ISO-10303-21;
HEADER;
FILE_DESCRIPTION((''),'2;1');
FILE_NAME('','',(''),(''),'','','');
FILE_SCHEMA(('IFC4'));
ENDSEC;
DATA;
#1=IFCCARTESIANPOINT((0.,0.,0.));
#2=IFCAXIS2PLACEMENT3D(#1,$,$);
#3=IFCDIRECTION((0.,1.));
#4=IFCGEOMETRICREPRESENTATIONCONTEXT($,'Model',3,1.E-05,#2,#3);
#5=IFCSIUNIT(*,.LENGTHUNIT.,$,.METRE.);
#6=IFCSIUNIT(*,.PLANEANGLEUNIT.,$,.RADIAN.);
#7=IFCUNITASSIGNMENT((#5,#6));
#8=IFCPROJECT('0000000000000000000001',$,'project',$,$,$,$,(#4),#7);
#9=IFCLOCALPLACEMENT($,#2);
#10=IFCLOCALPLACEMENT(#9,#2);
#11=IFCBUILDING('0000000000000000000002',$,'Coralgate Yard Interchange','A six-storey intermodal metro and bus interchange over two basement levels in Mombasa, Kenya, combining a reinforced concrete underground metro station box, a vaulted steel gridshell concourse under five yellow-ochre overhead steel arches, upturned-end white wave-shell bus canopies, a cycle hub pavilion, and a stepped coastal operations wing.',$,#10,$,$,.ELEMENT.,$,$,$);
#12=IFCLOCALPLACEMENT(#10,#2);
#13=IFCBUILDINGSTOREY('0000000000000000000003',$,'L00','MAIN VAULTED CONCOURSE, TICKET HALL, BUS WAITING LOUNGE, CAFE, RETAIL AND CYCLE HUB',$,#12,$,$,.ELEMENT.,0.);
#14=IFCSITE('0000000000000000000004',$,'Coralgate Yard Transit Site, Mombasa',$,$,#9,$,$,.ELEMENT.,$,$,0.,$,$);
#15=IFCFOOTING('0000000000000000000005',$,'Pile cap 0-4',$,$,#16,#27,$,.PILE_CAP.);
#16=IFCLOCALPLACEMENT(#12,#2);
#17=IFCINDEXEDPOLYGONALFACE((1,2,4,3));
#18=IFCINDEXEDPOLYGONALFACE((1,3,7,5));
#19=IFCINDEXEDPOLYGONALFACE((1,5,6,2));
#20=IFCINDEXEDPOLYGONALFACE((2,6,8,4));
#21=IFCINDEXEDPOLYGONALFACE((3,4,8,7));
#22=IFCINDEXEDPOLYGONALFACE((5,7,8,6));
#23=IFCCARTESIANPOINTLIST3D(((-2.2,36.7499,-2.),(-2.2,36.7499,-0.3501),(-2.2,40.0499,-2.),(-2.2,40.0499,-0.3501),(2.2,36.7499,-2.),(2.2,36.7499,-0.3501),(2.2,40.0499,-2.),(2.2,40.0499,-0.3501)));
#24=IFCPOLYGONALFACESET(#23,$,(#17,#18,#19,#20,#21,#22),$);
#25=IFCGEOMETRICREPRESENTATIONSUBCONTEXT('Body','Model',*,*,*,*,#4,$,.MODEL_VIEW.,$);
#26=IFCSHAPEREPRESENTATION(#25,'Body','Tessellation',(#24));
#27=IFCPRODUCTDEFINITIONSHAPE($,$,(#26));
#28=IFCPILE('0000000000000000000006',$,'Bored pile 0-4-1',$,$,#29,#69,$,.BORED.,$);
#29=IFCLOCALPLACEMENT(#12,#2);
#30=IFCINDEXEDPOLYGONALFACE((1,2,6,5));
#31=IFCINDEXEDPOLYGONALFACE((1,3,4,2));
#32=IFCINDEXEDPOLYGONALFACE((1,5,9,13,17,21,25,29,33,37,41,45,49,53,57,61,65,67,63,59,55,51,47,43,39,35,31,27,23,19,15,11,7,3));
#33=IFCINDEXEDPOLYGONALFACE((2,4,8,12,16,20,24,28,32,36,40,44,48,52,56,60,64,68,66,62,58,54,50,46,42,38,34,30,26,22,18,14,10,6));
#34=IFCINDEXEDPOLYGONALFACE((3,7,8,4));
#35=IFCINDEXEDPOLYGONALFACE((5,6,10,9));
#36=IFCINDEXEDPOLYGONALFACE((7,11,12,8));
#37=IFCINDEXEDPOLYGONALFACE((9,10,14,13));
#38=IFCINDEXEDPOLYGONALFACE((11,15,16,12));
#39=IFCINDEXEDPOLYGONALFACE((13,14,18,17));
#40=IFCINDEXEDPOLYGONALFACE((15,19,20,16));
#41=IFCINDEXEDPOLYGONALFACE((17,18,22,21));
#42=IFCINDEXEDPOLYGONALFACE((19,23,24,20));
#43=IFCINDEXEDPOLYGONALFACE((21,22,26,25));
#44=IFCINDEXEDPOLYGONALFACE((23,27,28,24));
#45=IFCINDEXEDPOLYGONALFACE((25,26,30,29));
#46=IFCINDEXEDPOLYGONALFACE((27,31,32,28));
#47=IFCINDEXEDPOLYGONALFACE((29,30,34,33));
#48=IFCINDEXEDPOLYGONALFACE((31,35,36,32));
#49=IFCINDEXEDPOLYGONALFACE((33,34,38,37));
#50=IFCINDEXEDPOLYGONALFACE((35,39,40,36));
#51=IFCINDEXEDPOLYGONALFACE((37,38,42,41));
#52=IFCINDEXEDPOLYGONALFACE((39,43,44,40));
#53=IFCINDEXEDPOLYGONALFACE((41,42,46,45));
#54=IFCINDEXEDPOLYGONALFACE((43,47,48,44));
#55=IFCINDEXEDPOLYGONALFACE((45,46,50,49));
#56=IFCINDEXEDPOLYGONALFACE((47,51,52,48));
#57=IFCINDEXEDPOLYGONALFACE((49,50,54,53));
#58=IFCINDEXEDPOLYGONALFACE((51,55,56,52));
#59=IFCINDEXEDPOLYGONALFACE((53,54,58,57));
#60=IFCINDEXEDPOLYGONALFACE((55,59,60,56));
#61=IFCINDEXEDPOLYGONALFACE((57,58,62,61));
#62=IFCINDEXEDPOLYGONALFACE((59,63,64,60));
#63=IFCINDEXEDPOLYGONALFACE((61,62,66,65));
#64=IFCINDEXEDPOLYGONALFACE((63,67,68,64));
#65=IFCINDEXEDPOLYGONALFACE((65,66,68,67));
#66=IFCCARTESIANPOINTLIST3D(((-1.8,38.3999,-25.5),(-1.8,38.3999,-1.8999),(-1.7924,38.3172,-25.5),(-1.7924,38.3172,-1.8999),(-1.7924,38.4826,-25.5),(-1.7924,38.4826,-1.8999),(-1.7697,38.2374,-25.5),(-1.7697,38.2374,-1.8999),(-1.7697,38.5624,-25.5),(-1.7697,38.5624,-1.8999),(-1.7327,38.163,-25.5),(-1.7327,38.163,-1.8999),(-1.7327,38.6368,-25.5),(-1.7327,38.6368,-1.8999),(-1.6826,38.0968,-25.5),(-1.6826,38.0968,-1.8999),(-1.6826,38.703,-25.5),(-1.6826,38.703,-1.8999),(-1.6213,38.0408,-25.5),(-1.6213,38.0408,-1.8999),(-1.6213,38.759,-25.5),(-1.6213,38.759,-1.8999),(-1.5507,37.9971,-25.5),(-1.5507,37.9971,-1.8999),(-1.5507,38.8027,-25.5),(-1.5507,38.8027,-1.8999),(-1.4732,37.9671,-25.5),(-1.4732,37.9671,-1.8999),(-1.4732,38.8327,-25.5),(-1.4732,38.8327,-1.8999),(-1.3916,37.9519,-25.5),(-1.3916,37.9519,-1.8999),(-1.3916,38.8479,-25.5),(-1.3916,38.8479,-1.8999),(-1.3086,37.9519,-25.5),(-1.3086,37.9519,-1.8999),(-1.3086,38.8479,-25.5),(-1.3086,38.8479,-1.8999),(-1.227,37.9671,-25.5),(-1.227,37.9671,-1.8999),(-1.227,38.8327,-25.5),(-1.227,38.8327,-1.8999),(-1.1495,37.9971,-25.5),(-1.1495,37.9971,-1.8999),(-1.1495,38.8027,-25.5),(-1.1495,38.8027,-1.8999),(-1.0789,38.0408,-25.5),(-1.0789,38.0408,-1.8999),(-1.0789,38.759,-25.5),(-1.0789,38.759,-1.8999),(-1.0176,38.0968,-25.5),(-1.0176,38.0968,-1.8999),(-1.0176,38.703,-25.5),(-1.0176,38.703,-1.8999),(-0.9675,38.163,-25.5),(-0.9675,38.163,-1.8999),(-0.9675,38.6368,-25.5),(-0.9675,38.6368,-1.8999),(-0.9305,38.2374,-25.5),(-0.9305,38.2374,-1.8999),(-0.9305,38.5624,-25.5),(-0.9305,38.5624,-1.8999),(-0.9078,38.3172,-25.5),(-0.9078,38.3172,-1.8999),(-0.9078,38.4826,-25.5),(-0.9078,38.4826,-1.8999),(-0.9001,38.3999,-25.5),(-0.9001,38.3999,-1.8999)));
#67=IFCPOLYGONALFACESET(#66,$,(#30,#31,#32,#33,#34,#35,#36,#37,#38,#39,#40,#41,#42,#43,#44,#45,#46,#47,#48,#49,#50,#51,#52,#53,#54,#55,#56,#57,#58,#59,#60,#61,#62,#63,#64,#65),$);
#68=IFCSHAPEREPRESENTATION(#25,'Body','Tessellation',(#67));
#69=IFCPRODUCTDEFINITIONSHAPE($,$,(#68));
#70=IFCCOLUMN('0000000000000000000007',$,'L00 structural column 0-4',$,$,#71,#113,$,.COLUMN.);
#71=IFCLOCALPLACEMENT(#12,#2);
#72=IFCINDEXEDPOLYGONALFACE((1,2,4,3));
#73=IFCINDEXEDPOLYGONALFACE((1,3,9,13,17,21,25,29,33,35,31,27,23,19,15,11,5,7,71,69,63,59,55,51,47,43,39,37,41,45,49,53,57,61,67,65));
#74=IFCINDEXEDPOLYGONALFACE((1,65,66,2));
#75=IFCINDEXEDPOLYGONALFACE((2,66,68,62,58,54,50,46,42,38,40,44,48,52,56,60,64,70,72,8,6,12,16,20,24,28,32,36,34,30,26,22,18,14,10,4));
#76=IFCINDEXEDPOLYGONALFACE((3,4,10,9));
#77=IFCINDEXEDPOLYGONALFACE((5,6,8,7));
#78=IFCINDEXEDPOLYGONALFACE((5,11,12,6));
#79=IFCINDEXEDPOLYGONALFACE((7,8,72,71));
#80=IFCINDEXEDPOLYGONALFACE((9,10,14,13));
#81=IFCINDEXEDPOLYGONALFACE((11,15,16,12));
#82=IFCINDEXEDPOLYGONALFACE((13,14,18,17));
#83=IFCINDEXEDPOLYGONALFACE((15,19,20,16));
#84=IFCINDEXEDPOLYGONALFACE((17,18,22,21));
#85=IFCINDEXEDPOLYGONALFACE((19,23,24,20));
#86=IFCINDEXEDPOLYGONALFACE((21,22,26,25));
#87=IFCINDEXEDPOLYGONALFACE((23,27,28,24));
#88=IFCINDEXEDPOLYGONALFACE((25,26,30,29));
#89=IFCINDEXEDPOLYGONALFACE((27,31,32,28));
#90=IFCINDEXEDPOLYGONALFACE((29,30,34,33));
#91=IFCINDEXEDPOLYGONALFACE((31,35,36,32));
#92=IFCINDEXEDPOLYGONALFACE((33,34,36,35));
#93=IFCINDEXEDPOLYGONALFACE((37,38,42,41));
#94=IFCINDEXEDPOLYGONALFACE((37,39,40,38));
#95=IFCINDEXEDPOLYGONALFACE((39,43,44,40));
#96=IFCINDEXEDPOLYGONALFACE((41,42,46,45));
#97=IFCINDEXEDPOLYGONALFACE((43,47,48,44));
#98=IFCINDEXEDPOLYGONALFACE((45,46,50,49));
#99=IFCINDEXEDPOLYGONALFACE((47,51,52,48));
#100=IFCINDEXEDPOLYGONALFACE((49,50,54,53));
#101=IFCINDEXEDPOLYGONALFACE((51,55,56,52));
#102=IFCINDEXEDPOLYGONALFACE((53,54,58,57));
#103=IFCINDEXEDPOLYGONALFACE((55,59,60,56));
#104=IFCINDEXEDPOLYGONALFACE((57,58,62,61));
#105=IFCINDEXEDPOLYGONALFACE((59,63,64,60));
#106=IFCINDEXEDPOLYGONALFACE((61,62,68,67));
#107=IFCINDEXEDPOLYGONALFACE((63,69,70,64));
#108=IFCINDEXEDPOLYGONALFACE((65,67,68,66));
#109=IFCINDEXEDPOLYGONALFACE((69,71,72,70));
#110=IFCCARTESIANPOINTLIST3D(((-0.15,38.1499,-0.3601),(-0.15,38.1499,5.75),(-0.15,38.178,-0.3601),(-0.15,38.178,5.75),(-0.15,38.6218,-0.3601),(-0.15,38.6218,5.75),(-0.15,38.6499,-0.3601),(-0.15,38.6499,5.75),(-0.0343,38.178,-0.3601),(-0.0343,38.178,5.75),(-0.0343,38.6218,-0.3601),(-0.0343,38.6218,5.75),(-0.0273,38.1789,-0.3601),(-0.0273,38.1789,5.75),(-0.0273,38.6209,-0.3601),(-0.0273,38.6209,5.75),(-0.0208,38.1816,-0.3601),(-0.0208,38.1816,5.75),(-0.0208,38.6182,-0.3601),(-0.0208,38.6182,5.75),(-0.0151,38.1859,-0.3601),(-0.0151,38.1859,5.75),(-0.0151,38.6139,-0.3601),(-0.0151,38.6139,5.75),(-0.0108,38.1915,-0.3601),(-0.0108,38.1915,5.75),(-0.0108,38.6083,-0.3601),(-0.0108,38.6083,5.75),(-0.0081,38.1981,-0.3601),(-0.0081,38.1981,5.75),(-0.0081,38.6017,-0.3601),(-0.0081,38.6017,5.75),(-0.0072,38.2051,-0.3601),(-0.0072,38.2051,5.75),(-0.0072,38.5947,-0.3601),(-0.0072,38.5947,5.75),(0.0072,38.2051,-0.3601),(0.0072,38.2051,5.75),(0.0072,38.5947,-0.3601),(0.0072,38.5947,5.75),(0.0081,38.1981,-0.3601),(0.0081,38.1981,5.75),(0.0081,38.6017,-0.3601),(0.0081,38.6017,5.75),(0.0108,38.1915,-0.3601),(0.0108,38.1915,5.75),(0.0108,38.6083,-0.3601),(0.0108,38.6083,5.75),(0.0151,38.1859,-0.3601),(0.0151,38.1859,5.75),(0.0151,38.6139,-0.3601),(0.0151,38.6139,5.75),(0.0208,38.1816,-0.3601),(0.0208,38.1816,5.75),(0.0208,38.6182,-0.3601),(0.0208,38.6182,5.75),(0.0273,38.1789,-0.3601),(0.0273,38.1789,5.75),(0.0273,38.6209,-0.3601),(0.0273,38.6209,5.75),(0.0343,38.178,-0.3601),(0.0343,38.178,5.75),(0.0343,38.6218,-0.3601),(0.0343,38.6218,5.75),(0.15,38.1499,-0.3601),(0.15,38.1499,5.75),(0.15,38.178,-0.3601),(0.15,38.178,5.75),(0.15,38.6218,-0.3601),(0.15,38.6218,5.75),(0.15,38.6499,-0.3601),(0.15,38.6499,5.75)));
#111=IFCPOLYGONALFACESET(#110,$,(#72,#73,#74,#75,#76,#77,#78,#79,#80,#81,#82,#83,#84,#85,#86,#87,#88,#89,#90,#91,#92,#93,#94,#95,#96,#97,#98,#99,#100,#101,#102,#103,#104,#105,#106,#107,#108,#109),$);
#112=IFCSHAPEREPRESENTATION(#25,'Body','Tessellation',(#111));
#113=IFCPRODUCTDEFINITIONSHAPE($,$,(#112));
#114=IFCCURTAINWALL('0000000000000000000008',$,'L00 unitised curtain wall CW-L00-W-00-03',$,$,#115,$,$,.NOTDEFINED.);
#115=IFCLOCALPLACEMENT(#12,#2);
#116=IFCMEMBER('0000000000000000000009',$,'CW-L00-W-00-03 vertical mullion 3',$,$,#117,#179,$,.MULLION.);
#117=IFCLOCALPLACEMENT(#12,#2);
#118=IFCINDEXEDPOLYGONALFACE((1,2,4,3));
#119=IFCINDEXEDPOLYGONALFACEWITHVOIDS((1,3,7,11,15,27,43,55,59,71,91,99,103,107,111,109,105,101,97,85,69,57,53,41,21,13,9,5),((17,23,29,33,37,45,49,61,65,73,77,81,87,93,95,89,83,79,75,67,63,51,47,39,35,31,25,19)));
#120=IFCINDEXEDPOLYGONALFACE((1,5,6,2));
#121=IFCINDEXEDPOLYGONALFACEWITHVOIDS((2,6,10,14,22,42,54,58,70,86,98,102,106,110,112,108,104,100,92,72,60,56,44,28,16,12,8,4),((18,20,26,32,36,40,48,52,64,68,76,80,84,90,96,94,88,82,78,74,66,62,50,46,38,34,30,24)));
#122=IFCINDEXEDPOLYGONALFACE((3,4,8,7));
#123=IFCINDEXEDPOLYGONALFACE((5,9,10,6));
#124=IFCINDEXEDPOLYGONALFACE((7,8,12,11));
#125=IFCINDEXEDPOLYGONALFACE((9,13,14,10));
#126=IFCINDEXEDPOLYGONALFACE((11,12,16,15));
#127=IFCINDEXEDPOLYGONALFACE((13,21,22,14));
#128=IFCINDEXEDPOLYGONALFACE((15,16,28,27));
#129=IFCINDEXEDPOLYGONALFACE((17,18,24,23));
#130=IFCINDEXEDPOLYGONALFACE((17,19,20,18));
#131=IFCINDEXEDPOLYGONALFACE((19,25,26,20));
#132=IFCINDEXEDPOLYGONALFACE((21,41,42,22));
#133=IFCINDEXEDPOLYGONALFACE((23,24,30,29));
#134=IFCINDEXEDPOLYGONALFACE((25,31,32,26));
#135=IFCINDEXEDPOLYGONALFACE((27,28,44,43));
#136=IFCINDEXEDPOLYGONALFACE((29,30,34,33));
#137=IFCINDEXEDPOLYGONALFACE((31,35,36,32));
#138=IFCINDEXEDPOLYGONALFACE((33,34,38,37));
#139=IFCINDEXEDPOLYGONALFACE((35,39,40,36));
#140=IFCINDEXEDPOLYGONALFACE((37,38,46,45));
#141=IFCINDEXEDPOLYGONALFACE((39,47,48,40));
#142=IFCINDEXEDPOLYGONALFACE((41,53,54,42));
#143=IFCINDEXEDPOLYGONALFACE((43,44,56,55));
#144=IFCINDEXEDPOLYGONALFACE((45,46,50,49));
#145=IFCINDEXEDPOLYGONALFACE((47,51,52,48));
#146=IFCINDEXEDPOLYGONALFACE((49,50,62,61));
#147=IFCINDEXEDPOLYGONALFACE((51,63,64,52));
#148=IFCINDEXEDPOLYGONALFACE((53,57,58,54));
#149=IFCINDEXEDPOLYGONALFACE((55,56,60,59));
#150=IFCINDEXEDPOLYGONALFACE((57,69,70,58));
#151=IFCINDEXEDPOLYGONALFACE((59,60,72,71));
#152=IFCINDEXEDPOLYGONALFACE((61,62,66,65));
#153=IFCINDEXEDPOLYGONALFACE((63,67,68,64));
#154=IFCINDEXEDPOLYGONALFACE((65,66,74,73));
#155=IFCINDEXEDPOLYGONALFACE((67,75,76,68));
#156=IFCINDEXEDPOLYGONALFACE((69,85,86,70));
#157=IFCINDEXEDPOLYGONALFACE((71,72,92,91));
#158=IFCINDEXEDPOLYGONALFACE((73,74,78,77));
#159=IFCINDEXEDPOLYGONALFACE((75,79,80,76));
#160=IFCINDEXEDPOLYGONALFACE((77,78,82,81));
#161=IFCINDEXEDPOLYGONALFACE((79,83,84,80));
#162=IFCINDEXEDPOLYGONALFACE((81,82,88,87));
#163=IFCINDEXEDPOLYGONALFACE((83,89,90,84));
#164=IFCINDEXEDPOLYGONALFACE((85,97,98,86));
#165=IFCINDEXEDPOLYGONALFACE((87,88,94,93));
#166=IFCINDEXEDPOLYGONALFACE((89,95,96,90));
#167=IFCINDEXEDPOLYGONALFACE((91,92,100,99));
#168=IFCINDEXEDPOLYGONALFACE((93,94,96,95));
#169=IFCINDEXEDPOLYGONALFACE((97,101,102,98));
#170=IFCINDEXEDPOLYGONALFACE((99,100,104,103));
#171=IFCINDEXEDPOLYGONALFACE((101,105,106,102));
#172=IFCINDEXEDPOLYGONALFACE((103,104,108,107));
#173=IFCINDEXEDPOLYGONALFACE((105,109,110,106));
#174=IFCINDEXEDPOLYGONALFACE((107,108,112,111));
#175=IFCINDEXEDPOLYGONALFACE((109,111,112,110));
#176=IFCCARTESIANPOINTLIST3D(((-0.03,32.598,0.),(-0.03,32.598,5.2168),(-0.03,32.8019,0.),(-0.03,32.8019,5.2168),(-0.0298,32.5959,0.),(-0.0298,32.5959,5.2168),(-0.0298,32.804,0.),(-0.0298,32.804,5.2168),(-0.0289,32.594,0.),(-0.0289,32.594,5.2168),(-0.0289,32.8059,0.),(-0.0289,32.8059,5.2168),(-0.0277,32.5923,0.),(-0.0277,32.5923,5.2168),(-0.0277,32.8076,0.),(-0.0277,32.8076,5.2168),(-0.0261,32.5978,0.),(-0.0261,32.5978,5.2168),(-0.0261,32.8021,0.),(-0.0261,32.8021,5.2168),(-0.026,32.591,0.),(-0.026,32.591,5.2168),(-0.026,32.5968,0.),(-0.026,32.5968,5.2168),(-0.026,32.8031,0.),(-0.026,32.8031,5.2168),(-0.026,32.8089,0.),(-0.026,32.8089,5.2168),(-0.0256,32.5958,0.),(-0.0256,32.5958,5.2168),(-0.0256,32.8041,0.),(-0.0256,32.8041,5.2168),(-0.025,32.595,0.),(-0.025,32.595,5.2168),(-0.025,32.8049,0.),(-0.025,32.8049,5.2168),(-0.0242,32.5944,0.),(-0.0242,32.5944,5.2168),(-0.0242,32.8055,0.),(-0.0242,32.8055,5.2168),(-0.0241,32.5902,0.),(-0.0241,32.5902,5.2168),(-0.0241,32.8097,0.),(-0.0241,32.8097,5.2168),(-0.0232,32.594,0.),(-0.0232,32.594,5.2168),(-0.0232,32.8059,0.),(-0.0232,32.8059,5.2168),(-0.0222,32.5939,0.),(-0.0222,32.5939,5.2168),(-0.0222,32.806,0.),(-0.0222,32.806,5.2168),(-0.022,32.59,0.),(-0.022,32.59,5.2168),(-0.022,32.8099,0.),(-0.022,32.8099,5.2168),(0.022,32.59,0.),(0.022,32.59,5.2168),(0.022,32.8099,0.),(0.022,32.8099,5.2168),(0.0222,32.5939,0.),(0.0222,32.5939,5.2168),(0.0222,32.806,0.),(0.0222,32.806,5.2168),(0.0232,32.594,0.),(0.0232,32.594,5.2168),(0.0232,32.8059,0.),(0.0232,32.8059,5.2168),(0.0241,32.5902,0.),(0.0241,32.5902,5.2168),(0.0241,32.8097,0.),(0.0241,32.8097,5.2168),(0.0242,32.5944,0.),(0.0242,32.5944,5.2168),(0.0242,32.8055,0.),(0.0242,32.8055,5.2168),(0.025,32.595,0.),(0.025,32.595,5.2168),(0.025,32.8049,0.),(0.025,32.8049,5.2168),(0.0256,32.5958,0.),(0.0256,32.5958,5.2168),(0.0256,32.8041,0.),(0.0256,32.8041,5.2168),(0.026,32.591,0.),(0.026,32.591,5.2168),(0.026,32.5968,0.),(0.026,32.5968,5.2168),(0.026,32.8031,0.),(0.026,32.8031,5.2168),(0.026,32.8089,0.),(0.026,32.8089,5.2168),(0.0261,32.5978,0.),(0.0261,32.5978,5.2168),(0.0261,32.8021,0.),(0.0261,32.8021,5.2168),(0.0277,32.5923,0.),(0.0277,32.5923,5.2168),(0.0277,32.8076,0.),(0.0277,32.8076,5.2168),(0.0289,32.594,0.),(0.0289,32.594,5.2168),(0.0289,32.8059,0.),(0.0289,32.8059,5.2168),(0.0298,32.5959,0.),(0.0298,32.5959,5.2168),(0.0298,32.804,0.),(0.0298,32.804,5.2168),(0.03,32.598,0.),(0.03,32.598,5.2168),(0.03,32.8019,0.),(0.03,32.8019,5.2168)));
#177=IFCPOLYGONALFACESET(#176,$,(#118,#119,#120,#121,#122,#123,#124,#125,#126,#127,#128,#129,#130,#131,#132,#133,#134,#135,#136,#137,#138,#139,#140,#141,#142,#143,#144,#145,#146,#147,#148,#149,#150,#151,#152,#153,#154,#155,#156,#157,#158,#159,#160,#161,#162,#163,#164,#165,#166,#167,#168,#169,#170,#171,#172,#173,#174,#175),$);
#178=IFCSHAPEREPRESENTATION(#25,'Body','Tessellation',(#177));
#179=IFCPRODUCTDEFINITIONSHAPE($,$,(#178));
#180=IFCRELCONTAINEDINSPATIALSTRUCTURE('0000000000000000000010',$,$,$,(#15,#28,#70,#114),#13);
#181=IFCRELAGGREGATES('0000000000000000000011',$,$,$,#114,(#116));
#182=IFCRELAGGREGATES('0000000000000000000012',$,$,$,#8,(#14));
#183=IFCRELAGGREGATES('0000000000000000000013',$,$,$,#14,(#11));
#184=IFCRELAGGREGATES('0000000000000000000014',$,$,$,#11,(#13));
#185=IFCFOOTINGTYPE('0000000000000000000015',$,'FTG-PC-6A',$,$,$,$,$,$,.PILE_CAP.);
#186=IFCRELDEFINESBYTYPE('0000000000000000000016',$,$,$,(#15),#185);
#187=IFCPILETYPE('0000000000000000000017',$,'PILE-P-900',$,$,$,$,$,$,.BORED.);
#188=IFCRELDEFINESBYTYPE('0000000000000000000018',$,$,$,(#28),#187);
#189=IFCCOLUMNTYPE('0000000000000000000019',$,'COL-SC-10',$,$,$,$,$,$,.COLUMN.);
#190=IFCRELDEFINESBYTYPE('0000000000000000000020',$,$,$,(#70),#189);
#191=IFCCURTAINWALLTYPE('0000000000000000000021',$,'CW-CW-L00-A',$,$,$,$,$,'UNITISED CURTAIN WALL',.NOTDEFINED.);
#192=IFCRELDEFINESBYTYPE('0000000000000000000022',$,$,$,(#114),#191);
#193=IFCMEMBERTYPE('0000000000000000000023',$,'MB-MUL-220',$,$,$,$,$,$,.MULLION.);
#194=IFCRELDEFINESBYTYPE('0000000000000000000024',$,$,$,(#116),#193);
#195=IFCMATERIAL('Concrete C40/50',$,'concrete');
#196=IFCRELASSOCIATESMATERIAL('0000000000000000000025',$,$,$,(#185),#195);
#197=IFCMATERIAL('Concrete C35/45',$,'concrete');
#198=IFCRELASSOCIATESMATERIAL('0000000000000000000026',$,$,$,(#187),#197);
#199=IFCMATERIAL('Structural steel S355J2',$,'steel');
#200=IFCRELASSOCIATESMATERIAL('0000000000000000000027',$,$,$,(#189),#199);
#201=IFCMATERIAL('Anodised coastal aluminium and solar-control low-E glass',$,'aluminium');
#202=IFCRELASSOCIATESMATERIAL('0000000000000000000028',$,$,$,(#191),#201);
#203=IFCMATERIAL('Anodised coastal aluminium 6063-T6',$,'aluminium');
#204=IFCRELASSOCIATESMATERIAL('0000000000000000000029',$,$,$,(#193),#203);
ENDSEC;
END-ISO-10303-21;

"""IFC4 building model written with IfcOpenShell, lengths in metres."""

from ifc_helpers import new_model, si_unit, direction, frame, origin, origin_2d, place, context, subcontext, project, spatial, rectangle, hollow_rectangle, circle, i_section, extrude, material, material_profile, profile_set, type_object, element, aggregate, save


model = new_model("IFC4")

# Units and contexts
model_context = context("Model", 3, precision=1e-05, world=origin(), true_north=direction((0.0, 1.0)))
body_context = subcontext(model_context, "Body", "Model", "MODEL_VIEW")
ifc_project = project(units=[si_unit("LENGTHUNIT", "METRE"), si_unit("PLANEANGLEUNIT", "RADIAN")], contexts=[model_context])

# Site, building, storey
site_placement = place(None, origin())
site = spatial("IfcSite", under=ifc_project, at=site_placement, Name="Coralgate Yard Transit Site, Mombasa", CompositionType="ELEMENT", RefElevation=0.0)
building_placement = place(site_placement, origin())
building = spatial("IfcBuilding", under=site, at=building_placement, Name="Coralgate Yard Interchange", Description="A six-storey intermodal metro and bus interchange over two basement levels in Mombasa, Kenya, combining a reinforced concrete underground metro station box, a vaulted steel gridshell concourse under five yellow-ochre overhead steel arches, upturned-end white wave-shell bus canopies, a cycle hub pavilion, and a stepped coastal operations wing.", CompositionType="ELEMENT")
storey_placement = place(building_placement, origin())
storey = spatial("IfcBuildingStorey", under=building, at=storey_placement, Name="L00", Description="MAIN VAULTED CONCOURSE, TICKET HALL, BUS WAITING LOUNGE, CAFE, RETAIL AND CYCLE HUB", CompositionType="ELEMENT", Elevation=0.0)

# Footing
ifc_material_1 = material(Name="Concrete C40/50", Category="concrete")
footing_type = type_object("IfcFootingType", Name="FTG-PC-6A", PredefinedType="PILE_CAP", material=ifc_material_1)
footing_placement = place(storey_placement, frame((0.0, 38.3999, -2.0), z_axis=(0.0, 0.0, 1.0), x_axis=(1.0, 0.0, 0.0)))
element("IfcFooting", 1, at=footing_placement, inside=storey, type_object=footing_type, Name="Pile cap 0-4", PredefinedType="PILE_CAP", context=body_context, shape_type="SweptSolid", body=[
    extrude(rectangle(XDim=4.3999, YDim=3.3, at=origin_2d()), origin(), (0.0, 0.0, 1.0), 1.6499),
])

# Pile
ifc_material_2 = material(Name="Concrete C35/45", Category="concrete")
ifc_material_profile_1 = material_profile(ifc_material_2, circle(Radius=0.45, at=origin_2d()), Name="BORED PILE D900")
ifc_profile_set_1 = profile_set([ifc_material_profile_1], Name="Concrete C35/45")
pile_type = type_object("IfcPileType", Name="PILE-P-900", PredefinedType="BORED", material=ifc_profile_set_1)
pile_placement = place(storey_placement, frame((-1.3501, 38.3999, -1.8999), z_axis=(0.0, 0.0, -1.0), x_axis=(1.0, 0.0, 0.0)))
element("IfcPile", 2, at=pile_placement, inside=storey, type_object=pile_type, Name="Bored pile 0-4-1", PredefinedType="BORED", context=body_context, shape_type="SweptSolid", body=[
    extrude(circle(Radius=0.45, at=origin_2d()), origin(), (0.0, 0.0, 1.0), 23.6001),
])

# Column
ifc_material_3 = material(Name="Structural steel S355J2", Category="steel")
ifc_material_profile_2 = material_profile(ifc_material_3, i_section(OverallWidth=0.3, OverallDepth=0.5, WebThickness=0.0144, FlangeThickness=0.0281, FilletRadius=0.0271, at=origin_2d()), Name="HEB 500")
ifc_profile_set_2 = profile_set([ifc_material_profile_2], Name="Structural steel S355J2")
column_type = type_object("IfcColumnType", Name="COL-SC-10", PredefinedType="COLUMN", material=ifc_profile_set_2)
column_placement = place(storey_placement, frame((0.0, 38.3999, -0.3601), z_axis=(0.0, 0.0, 1.0), x_axis=(1.0, 0.0, 0.0)))
element("IfcColumn", 3, at=column_placement, inside=storey, type_object=column_type, Name="L00 structural column 0-4", PredefinedType="COLUMN", context=body_context, shape_type="SweptSolid", body=[
    extrude(i_section(OverallWidth=0.3, OverallDepth=0.5, WebThickness=0.0144, FlangeThickness=0.0281, FilletRadius=0.0271, at=origin_2d()), origin(), (0.0, 0.0, 1.0), 6.1101),
])

# Curtain wall, member
ifc_material_4 = material(Name="Anodised coastal aluminium and solar-control low-E glass", Category="aluminium")
curtain_wall_type = type_object("IfcCurtainWallType", Name="CW-CW-L00-A", ElementType="UNITISED CURTAIN WALL", PredefinedType="NOTDEFINED", material=ifc_material_4)
curtain_wall_placement = place(storey_placement, origin())
curtain_wall = element("IfcCurtainWall", 4, at=curtain_wall_placement, inside=storey, type_object=curtain_wall_type, Name="L00 unitised curtain wall CW-L00-W-00-03", PredefinedType="NOTDEFINED")
ifc_material_5 = material(Name="Anodised coastal aluminium 6063-T6", Category="aluminium")
ifc_material_profile_3 = material_profile(ifc_material_5, hollow_rectangle(XDim=0.0601, YDim=0.22, WallThickness=0.0039, InnerFilletRadius=0.0039, OuterFilletRadius=0.0081, at=origin_2d()), Name="ALU 60x220x4")
ifc_profile_set_3 = profile_set([ifc_material_profile_3], Name="Anodised coastal aluminium 6063-T6")
member_type_1 = type_object("IfcMemberType", Name="MB-MUL-220", PredefinedType="MULLION", material=ifc_profile_set_3)
member_1_placement = place(storey_placement, frame((0.0, 32.7, 0.0), z_axis=(0.0, 0.0, 1.0), x_axis=(1.0, 0.0, 0.0)))
member_1 = element("IfcMember", 5, at=member_1_placement, type_object=member_type_1, Name="CW-L00-W-00-03 vertical mullion 3", PredefinedType="MULLION", context=body_context, shape_type="SweptSolid", body=[
    extrude(hollow_rectangle(XDim=0.0601, YDim=0.22, WallThickness=0.0039, InnerFilletRadius=0.0039, OuterFilletRadius=0.0081, at=origin_2d()), origin(), (0.0, 0.0, 1.0), 5.2168),
])
aggregate(curtain_wall, [member_1])

save(model, "model.ifc")
